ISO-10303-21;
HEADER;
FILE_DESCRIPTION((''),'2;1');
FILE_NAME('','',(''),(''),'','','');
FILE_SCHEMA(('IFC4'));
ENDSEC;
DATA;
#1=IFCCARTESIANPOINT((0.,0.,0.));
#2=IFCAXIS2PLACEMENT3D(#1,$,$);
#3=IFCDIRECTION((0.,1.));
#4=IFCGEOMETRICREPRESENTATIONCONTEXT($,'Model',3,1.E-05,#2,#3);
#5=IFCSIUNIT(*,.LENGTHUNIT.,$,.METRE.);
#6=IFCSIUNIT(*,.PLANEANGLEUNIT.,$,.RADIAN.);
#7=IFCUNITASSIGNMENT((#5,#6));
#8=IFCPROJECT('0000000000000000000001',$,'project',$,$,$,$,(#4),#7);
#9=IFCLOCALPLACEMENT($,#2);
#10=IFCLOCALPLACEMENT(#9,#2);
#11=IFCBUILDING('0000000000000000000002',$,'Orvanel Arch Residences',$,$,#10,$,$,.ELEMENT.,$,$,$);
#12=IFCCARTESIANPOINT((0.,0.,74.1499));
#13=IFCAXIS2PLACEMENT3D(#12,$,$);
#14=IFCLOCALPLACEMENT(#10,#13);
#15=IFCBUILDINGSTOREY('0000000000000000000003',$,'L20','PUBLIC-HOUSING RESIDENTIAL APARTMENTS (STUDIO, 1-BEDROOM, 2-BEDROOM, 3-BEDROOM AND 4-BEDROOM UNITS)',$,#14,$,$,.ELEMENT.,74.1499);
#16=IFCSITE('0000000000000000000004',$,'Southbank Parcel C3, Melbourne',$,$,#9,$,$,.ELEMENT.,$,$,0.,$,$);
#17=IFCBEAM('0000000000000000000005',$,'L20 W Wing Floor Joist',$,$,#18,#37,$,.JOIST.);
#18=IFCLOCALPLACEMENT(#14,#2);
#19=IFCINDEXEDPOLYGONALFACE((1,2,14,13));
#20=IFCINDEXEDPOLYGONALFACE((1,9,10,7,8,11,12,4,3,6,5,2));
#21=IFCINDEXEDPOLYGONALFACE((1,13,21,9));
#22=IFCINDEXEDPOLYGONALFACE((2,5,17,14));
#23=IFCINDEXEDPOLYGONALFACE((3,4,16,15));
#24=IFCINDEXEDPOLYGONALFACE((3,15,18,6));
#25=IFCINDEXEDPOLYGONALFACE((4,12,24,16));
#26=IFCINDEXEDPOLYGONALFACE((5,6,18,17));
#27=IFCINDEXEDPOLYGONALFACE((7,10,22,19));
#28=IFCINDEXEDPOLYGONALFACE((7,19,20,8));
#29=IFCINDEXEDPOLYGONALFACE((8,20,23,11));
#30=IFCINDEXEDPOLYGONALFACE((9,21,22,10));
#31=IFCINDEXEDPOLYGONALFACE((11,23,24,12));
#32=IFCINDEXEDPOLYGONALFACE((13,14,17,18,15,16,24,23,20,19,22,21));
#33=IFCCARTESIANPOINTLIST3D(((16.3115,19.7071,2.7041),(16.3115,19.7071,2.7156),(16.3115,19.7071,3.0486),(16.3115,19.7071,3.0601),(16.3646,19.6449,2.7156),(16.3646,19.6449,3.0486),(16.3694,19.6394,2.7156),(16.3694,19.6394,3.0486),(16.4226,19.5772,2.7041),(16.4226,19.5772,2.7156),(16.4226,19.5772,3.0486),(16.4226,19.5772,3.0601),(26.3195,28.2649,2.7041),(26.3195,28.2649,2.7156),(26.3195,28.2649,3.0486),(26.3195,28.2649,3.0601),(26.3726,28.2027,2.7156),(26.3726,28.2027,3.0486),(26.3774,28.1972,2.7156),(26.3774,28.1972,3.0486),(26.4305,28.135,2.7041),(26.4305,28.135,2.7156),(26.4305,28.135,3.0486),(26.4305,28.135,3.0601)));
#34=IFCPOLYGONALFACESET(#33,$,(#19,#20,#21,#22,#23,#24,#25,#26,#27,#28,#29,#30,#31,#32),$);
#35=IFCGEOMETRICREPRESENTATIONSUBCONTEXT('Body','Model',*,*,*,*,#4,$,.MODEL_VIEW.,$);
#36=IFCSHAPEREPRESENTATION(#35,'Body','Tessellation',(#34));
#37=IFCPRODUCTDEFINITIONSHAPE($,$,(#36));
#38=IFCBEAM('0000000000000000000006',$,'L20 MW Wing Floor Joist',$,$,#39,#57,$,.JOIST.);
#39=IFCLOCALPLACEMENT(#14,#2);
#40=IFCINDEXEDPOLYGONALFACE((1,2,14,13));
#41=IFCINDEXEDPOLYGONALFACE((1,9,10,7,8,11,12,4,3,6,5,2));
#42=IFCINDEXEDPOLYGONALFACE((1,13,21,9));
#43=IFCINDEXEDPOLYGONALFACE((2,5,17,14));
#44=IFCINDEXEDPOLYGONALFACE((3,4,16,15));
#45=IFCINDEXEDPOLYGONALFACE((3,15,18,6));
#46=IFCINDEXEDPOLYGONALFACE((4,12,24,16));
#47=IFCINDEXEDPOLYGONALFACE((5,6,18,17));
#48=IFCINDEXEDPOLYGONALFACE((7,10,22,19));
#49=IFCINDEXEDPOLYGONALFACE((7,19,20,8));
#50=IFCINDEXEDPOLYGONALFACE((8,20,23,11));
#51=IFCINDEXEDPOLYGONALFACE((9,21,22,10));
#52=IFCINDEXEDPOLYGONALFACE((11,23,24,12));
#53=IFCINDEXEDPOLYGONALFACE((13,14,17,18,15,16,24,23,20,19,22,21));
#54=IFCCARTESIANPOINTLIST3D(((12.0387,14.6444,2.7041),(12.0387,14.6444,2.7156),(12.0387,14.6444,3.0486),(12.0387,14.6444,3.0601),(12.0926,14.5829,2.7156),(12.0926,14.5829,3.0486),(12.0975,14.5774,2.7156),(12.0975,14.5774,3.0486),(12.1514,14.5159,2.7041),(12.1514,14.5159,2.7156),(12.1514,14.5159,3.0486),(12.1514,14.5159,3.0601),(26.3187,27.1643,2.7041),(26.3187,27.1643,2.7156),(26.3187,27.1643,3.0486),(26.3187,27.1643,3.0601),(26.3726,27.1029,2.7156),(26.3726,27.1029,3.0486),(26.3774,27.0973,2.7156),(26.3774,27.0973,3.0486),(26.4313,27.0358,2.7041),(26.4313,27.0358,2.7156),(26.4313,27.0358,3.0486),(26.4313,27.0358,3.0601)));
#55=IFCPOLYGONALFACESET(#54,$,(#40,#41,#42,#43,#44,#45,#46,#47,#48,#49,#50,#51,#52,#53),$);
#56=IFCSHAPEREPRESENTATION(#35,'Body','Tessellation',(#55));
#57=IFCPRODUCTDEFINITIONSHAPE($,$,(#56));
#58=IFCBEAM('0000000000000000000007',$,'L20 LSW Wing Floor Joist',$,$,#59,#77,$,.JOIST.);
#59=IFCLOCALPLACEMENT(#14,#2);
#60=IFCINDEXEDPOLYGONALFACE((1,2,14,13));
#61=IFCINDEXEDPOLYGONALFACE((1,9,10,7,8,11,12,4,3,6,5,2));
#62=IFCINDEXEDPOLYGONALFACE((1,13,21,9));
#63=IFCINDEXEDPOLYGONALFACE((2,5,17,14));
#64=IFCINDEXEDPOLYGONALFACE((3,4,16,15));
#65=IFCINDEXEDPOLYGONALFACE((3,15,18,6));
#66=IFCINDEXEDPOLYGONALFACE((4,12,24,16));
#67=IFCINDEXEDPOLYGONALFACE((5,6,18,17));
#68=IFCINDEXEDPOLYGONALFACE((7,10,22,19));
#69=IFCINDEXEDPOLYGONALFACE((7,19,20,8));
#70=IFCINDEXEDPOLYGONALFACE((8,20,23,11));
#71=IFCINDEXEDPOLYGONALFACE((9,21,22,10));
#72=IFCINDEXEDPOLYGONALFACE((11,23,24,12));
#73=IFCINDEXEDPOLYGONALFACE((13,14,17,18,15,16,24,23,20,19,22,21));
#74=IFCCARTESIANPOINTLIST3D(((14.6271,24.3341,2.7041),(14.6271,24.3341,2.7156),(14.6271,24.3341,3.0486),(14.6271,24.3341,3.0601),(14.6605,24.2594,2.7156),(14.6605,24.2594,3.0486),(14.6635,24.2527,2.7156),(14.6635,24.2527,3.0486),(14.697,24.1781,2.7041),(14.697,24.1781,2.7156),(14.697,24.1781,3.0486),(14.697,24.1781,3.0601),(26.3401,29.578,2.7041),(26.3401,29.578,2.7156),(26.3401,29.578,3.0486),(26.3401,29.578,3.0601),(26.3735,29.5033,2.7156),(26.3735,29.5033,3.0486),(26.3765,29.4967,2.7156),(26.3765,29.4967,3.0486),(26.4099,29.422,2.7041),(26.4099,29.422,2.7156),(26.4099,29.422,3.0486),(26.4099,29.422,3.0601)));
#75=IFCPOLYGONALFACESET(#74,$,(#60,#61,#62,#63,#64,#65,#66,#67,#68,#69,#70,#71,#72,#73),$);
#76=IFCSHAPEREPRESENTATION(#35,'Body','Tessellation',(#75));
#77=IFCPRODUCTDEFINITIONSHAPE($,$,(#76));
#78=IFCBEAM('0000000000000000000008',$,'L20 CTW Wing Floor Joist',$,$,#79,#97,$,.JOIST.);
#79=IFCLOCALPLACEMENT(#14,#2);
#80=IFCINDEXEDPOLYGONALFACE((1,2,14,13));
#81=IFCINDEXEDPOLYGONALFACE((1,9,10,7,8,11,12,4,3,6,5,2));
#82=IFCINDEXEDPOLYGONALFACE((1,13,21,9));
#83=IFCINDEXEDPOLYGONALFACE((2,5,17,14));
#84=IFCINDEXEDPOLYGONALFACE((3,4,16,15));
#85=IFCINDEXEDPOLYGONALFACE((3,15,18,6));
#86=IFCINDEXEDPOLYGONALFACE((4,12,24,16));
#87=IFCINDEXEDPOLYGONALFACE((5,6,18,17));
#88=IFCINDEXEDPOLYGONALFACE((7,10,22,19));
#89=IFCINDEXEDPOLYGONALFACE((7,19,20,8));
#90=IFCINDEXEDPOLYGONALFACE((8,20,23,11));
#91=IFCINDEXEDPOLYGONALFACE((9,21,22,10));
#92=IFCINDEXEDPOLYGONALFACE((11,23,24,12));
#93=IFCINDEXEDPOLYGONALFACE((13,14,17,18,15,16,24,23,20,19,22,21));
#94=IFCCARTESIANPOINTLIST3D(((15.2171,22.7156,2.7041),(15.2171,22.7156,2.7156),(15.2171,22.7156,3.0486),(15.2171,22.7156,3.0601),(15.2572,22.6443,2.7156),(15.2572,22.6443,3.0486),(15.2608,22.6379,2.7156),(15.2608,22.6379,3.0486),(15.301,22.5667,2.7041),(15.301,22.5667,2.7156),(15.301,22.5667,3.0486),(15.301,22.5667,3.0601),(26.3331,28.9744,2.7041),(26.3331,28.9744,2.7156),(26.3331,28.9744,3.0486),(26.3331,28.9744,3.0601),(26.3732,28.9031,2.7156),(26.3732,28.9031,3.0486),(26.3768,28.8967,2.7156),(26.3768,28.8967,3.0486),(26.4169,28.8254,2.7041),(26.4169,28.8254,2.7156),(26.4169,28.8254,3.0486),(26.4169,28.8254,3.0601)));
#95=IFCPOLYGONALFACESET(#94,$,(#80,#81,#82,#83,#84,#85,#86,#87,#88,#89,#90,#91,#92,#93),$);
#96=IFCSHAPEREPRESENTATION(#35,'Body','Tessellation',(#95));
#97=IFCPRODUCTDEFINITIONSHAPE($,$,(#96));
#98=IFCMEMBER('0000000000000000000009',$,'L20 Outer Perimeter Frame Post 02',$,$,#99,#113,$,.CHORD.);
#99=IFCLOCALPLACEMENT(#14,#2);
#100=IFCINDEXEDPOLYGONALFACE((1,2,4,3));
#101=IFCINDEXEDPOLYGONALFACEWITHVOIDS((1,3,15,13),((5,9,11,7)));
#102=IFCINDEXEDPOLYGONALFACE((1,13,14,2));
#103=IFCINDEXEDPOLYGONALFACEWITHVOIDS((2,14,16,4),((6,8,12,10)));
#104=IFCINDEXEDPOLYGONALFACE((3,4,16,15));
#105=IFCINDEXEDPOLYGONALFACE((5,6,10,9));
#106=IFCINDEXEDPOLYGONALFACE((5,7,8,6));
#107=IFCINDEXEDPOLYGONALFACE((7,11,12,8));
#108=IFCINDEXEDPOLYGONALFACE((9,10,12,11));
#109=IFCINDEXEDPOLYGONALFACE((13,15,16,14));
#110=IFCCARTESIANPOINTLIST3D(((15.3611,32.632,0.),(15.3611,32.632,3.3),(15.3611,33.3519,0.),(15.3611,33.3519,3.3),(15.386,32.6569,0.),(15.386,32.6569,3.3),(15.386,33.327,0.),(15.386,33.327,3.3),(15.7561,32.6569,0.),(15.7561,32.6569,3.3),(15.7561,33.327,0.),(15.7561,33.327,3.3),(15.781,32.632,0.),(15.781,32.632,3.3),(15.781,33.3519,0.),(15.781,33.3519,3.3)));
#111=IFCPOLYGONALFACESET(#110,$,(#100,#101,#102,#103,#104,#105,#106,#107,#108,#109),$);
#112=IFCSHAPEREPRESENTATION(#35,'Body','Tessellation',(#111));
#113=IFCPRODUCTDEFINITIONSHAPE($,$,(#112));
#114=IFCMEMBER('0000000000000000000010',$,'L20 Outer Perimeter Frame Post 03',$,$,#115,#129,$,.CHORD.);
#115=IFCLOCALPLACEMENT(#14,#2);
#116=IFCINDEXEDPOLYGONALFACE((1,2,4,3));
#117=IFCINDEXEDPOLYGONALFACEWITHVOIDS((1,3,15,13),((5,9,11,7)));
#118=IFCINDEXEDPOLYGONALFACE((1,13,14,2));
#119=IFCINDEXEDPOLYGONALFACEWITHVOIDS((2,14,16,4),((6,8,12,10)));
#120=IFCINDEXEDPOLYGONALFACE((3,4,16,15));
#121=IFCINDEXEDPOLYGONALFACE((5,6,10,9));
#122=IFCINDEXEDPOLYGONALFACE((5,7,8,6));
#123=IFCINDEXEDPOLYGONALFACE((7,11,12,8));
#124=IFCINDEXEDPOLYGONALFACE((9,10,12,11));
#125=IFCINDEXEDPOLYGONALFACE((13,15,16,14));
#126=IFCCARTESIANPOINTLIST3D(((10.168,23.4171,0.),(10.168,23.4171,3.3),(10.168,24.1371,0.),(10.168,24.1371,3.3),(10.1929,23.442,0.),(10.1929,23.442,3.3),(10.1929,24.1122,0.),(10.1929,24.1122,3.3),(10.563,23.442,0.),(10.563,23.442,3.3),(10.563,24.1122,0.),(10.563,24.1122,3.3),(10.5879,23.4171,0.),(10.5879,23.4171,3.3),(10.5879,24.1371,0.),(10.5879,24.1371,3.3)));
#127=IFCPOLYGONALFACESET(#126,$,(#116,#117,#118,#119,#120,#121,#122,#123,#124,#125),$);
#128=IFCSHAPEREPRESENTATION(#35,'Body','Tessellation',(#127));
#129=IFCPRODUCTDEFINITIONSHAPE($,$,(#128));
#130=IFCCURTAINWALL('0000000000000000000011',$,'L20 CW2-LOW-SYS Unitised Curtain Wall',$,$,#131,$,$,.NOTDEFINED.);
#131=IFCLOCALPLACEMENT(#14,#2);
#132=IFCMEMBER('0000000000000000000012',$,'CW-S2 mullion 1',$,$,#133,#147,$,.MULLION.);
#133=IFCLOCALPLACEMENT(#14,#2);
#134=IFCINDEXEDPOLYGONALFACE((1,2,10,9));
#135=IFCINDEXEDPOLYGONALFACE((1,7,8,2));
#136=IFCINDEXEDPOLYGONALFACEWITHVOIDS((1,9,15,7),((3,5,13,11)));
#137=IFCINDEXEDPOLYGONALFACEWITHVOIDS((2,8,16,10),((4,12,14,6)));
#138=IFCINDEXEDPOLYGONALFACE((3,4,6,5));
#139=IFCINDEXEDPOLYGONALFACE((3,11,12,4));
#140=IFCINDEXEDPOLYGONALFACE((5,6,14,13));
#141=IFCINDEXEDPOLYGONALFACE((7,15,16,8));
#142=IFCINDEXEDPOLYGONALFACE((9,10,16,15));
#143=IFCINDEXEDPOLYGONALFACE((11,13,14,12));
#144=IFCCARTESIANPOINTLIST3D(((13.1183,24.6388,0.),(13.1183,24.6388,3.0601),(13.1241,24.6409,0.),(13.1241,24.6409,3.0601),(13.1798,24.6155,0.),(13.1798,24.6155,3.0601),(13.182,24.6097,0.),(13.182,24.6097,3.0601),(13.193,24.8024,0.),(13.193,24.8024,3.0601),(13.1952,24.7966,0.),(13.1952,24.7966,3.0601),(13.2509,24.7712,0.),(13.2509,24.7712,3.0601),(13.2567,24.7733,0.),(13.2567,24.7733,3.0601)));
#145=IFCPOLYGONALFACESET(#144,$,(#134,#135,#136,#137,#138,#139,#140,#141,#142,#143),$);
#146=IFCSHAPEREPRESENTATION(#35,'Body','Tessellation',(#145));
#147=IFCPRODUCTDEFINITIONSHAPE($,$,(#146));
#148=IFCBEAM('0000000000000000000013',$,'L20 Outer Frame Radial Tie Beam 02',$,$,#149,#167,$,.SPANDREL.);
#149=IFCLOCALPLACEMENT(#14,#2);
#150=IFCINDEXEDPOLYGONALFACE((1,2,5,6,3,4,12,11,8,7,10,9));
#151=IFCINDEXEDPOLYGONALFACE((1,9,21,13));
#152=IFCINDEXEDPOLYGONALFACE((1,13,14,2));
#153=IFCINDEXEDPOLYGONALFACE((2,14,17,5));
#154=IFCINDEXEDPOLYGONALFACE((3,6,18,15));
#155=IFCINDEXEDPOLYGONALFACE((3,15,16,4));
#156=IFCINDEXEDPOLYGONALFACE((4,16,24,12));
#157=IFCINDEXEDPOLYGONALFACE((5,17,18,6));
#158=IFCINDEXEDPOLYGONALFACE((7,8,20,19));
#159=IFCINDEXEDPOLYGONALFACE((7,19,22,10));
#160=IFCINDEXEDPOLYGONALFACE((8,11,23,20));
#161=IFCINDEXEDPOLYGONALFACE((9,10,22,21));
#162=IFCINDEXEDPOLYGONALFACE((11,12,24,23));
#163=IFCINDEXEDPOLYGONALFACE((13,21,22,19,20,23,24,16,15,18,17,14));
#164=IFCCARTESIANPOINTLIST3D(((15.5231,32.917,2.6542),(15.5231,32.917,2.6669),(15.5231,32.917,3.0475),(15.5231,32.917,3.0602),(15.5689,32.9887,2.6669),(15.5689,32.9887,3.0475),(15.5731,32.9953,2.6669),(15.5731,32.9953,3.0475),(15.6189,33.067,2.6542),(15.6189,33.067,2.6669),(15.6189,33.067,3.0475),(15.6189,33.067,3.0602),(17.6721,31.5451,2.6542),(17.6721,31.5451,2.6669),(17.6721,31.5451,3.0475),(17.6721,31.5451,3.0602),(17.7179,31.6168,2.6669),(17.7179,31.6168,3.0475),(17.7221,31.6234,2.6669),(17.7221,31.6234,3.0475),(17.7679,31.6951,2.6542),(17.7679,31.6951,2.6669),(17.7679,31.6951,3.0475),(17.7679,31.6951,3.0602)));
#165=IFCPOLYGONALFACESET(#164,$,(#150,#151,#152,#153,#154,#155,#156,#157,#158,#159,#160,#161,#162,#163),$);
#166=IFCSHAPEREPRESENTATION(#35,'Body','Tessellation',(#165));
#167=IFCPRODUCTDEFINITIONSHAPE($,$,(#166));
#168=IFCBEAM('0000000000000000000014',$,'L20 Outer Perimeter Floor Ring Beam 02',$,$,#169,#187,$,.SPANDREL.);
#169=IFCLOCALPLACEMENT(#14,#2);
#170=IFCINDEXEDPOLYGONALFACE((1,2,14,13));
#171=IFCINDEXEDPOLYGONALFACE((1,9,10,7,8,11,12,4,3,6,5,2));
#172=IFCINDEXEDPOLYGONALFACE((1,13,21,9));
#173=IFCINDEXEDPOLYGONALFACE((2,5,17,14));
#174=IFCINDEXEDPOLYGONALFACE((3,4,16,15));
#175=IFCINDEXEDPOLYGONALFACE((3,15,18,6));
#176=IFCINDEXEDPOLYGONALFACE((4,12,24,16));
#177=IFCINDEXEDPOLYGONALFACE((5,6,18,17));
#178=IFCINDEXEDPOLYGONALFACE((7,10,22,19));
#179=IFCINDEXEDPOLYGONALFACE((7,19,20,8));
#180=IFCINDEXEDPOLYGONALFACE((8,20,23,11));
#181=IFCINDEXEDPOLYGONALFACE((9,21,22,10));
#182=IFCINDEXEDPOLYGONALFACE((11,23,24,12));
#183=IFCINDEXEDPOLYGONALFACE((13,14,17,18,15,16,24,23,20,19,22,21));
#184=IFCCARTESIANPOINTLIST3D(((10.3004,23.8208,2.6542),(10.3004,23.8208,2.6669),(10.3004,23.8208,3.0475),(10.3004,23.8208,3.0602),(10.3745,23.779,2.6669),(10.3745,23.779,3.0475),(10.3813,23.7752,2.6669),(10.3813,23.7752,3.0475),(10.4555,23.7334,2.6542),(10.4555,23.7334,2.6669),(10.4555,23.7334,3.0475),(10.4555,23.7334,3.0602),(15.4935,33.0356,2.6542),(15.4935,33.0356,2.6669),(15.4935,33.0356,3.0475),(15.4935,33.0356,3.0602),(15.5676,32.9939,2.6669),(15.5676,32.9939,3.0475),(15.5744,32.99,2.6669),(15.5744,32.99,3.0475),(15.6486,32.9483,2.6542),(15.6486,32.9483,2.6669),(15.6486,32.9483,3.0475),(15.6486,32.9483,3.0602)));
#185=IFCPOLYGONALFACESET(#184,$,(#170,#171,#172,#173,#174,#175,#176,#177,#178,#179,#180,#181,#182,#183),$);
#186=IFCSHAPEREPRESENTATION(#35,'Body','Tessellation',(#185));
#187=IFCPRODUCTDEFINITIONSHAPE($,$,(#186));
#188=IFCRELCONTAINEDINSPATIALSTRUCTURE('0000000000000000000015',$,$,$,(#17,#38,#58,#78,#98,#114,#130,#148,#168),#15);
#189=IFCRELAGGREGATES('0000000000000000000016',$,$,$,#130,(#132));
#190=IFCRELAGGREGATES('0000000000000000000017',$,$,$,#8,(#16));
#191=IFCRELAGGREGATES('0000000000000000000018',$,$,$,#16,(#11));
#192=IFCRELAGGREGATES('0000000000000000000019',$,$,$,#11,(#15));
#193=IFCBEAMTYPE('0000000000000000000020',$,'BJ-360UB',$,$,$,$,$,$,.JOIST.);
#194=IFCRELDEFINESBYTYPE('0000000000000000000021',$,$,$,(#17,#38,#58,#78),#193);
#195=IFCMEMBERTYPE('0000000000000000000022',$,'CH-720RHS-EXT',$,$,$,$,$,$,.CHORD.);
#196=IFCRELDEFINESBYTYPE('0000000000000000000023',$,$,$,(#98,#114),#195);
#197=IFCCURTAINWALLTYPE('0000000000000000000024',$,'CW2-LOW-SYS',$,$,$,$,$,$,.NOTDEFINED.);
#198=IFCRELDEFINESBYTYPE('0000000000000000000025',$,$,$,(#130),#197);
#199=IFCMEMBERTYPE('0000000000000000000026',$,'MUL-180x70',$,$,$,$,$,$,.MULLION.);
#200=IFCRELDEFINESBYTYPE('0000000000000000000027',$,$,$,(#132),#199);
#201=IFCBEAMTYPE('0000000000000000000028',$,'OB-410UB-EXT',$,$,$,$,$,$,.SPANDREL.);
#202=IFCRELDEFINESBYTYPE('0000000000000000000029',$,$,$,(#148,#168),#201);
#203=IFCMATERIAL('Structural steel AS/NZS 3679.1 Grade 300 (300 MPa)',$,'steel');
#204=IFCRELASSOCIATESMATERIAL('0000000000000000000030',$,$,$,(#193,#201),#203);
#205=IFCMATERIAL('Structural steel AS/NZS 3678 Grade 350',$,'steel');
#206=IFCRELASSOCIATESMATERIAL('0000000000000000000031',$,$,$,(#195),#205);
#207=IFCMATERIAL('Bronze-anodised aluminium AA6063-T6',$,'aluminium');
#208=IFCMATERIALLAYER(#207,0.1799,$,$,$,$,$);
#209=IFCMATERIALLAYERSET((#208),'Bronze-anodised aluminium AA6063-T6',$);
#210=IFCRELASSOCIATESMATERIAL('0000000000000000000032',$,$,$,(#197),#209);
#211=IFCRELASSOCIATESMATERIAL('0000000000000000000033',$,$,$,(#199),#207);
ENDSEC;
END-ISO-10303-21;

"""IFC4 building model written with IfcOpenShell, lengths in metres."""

from ifc_helpers import new_model, si_unit, direction, frame, origin, origin_2d, place, context, subcontext, project, spatial, hollow_rectangle, i_section, extrude, material, layer, layer_set, material_profile, profile_set, type_object, element, aggregate, save


model = new_model("IFC4")

# Units and contexts
model_context = context("Model", 3, precision=1e-05, world=origin(), true_north=direction((0.0, 1.0)))
body_context = subcontext(model_context, "Body", "Model", "MODEL_VIEW")
ifc_project = project(units=[si_unit("LENGTHUNIT", "METRE"), si_unit("PLANEANGLEUNIT", "RADIAN")], contexts=[model_context])

# Site, building, storey
site_placement = place(None, origin())
site = spatial("IfcSite", under=ifc_project, at=site_placement, Name="Southbank Parcel C3, Melbourne", CompositionType="ELEMENT", RefElevation=0.0)
building_placement = place(site_placement, origin())
building = spatial("IfcBuilding", under=site, at=building_placement, Name="Orvanel Arch Residences", CompositionType="ELEMENT")
storey_placement = place(building_placement, frame((0.0, 0.0, 74.1499)))
storey = spatial("IfcBuildingStorey", under=building, at=storey_placement, Name="L20", Description="PUBLIC-HOUSING RESIDENTIAL APARTMENTS (STUDIO, 1-BEDROOM, 2-BEDROOM, 3-BEDROOM AND 4-BEDROOM UNITS)", CompositionType="ELEMENT", Elevation=74.1499)

# Beams
ifc_material_1 = material(Name="Structural steel AS/NZS 3679.1 Grade 300 (300 MPa)", Category="steel")
ifc_material_profile_1 = material_profile(ifc_material_1, i_section(OverallWidth=0.1709, OverallDepth=0.356, WebThickness=0.0073, FlangeThickness=0.0115, at=origin_2d()), Name="360UB50.7")
ifc_profile_set_1 = profile_set([ifc_material_profile_1], Name="Structural steel AS/NZS 3679.1 Grade 300 (300 MPa)")
beam_type_1 = type_object("IfcBeamType", Name="BJ-360UB", PredefinedType="JOIST", material=ifc_profile_set_1)
beam_1_placement = place(storey_placement, frame((26.375, 28.2, 2.8821), z_axis=(-0.760024, -0.649895, 0.0), x_axis=(0.649895, -0.760024, 0.0)))
element("IfcBeam", 1, at=beam_1_placement, inside=storey, type_object=beam_type_1, Name="L20 W Wing Floor Joist", PredefinedType="JOIST", context=body_context, shape_type="SweptSolid", body=[
    extrude(i_section(OverallWidth=0.1709, OverallDepth=0.356, WebThickness=0.0073, FlangeThickness=0.0115, at=origin_2d()), origin(), (0.0, 0.0, 1.0), 13.168),
])
beam_2_placement = place(storey_placement, frame((26.375, 27.1001, 2.8821), z_axis=(-0.751924, -0.65925, 0.0), x_axis=(0.65925, -0.751924, 0.0)))
element("IfcBeam", 2, at=beam_2_placement, inside=storey, type_object=beam_type_1, Name="L20 MW Wing Floor Joist", PredefinedType="JOIST", context=body_context, shape_type="SweptSolid", body=[
    extrude(i_section(OverallWidth=0.1709, OverallDepth=0.356, WebThickness=0.0073, FlangeThickness=0.0115, at=origin_2d()), origin(), (0.0, 0.0, 1.0), 18.9912),
])
beam_3_placement = place(storey_placement, frame((26.375, 29.5, 2.8821), z_axis=(-0.912704, -0.408621, 0.0), x_axis=(0.408621, -0.912704, 0.0)))
element("IfcBeam", 3, at=beam_3_placement, inside=storey, type_object=beam_type_1, Name="L20 LSW Wing Floor Joist", PredefinedType="JOIST", context=body_context, shape_type="SweptSolid", body=[
    extrude(i_section(OverallWidth=0.1709, OverallDepth=0.356, WebThickness=0.0073, FlangeThickness=0.0115, at=origin_2d()), origin(), (0.0, 0.0, 1.0), 12.8333),
])
beam_4_placement = place(storey_placement, frame((26.375, 28.8999, 2.8821), z_axis=(-0.871373, -0.490622, 0.0), x_axis=(0.490622, -0.871373, 0.0)))
element("IfcBeam", 4, at=beam_4_placement, inside=storey, type_object=beam_type_1, Name="L20 CTW Wing Floor Joist", PredefinedType="JOIST", context=body_context, shape_type="SweptSolid", body=[
    extrude(i_section(OverallWidth=0.1709, OverallDepth=0.356, WebThickness=0.0073, FlangeThickness=0.0115, at=origin_2d()), origin(), (0.0, 0.0, 1.0), 12.7568),
])

# Members
ifc_material_2 = material(Name="Structural steel AS/NZS 3678 Grade 350", Category="steel")
ifc_material_profile_2 = material_profile(ifc_material_2, hollow_rectangle(XDim=0.4199, YDim=0.72, WallThickness=0.0249, at=origin_2d()), Name="RHS720x420x25")
ifc_profile_set_2 = profile_set([ifc_material_profile_2], Name="Structural steel AS/NZS 3678 Grade 350")
member_type_1 = type_object("IfcMemberType", Name="CH-720RHS-EXT", PredefinedType="CHORD", material=ifc_profile_set_2)
for number, where, z_axis, x_axis, name in (
    (5, (15.571, 32.9919, 0.0), (0.0, 0.0, 1.0), (1.0, 0.0, 0.0), "L20 Outer Perimeter Frame Post 02"),
    (6, (10.3779, 23.7771, 0.0), (0.0, 0.0, 1.0), (1.0, 0.0, 0.0), "L20 Outer Perimeter Frame Post 03"),
):
    element("IfcMember", number, at=place(storey_placement, frame(where, z_axis=z_axis, x_axis=x_axis)), inside=storey, type_object=member_type_1, Name=name, PredefinedType="CHORD", context=body_context, shape_type="SweptSolid", body=[
        extrude(hollow_rectangle(XDim=0.4199, YDim=0.72, WallThickness=0.0249, at=origin_2d()), origin(), (0.0, 0.0, 1.0), 3.3),
    ])

# Curtain wall, member
ifc_material_3 = material(Name="Bronze-anodised aluminium AA6063-T6", Category="aluminium")
ifc_layer_1 = layer(ifc_material_3, 0.1799)
ifc_layer_set_1 = layer_set([ifc_layer_1], Name="Bronze-anodised aluminium AA6063-T6")
curtain_wall_type = type_object("IfcCurtainWallType", Name="CW2-LOW-SYS", PredefinedType="NOTDEFINED", material=ifc_layer_set_1)
curtain_wall_placement = place(storey_placement, origin())
curtain_wall = element("IfcCurtainWall", 7, at=curtain_wall_placement, inside=storey, type_object=curtain_wall_type, Name="L20 CW2-LOW-SYS Unitised Curtain Wall", PredefinedType="NOTDEFINED")
ifc_material_profile_3 = material_profile(ifc_material_3, hollow_rectangle(XDim=0.0701, YDim=0.1799, WallThickness=0.0044, at=origin_2d()), Name="ALU180x70x4.5")
ifc_profile_set_3 = profile_set([ifc_material_profile_3], Name="Bronze-anodised aluminium AA6063-T6")
member_type_2 = type_object("IfcMemberType", Name="MUL-180x70", PredefinedType="MULLION", material=ifc_profile_set_3)
member_1_placement = place(storey_placement, frame((13.1875, 24.7061, 0.0), z_axis=(0.0, 0.0, 1.0), x_axis=(0.909617, -0.415448, 0.0)))
member_1 = element("IfcMember", 8, at=member_1_placement, type_object=member_type_2, Name="CW-S2 mullion 1", PredefinedType="MULLION", context=body_context, shape_type="SweptSolid", body=[
    extrude(hollow_rectangle(XDim=0.0701, YDim=0.1799, WallThickness=0.0044, at=origin_2d()), origin(), (0.0, 0.0, 1.0), 3.0601),
])

# Beams
ifc_material_profile_4 = material_profile(ifc_material_1, i_section(OverallWidth=0.178, OverallDepth=0.406, WebThickness=0.0078, FlangeThickness=0.0127, at=origin_2d()), Name="410UB59.7")
ifc_profile_set_4 = profile_set([ifc_material_profile_4], Name="Structural steel AS/NZS 3679.1 Grade 300 (300 MPa)")
beam_type_2 = type_object("IfcBeamType", Name="OB-410UB-EXT", PredefinedType="SPANDREL", material=ifc_profile_set_4)
beam_5_placement = place(storey_placement, frame((17.72, 31.6201, 2.8572), z_axis=(-0.842892, 0.538083, 0.0), x_axis=(-0.538083, -0.842892, 0.0)))
element("IfcBeam", 9, at=beam_5_placement, inside=storey, type_object=beam_type_2, Name="L20 Outer Frame Radial Tie Beam 02", PredefinedType="SPANDREL", context=body_context, shape_type="SweptSolid", body=[
    extrude(i_section(OverallWidth=0.178, OverallDepth=0.406, WebThickness=0.0078, FlangeThickness=0.0127, at=origin_2d()), origin(), (0.0, 0.0, 1.0), 2.5496),
])
beam_6_placement = place(storey_placement, frame((15.571, 32.9919, 2.8572), z_axis=(-0.490962, -0.871181, 0.0), x_axis=(0.871181, -0.490962, 0.0)))
element("IfcBeam", 10, at=beam_6_placement, inside=storey, type_object=beam_type_2, Name="L20 Outer Perimeter Floor Ring Beam 02", PredefinedType="SPANDREL", context=body_context, shape_type="SweptSolid", body=[
    extrude(i_section(OverallWidth=0.178, OverallDepth=0.406, WebThickness=0.0078, FlangeThickness=0.0127, at=origin_2d()), origin(), (0.0, 0.0, 1.0), 10.5774),
])

aggregate(curtain_wall, [member_1])

save(model, "model.ifc")
